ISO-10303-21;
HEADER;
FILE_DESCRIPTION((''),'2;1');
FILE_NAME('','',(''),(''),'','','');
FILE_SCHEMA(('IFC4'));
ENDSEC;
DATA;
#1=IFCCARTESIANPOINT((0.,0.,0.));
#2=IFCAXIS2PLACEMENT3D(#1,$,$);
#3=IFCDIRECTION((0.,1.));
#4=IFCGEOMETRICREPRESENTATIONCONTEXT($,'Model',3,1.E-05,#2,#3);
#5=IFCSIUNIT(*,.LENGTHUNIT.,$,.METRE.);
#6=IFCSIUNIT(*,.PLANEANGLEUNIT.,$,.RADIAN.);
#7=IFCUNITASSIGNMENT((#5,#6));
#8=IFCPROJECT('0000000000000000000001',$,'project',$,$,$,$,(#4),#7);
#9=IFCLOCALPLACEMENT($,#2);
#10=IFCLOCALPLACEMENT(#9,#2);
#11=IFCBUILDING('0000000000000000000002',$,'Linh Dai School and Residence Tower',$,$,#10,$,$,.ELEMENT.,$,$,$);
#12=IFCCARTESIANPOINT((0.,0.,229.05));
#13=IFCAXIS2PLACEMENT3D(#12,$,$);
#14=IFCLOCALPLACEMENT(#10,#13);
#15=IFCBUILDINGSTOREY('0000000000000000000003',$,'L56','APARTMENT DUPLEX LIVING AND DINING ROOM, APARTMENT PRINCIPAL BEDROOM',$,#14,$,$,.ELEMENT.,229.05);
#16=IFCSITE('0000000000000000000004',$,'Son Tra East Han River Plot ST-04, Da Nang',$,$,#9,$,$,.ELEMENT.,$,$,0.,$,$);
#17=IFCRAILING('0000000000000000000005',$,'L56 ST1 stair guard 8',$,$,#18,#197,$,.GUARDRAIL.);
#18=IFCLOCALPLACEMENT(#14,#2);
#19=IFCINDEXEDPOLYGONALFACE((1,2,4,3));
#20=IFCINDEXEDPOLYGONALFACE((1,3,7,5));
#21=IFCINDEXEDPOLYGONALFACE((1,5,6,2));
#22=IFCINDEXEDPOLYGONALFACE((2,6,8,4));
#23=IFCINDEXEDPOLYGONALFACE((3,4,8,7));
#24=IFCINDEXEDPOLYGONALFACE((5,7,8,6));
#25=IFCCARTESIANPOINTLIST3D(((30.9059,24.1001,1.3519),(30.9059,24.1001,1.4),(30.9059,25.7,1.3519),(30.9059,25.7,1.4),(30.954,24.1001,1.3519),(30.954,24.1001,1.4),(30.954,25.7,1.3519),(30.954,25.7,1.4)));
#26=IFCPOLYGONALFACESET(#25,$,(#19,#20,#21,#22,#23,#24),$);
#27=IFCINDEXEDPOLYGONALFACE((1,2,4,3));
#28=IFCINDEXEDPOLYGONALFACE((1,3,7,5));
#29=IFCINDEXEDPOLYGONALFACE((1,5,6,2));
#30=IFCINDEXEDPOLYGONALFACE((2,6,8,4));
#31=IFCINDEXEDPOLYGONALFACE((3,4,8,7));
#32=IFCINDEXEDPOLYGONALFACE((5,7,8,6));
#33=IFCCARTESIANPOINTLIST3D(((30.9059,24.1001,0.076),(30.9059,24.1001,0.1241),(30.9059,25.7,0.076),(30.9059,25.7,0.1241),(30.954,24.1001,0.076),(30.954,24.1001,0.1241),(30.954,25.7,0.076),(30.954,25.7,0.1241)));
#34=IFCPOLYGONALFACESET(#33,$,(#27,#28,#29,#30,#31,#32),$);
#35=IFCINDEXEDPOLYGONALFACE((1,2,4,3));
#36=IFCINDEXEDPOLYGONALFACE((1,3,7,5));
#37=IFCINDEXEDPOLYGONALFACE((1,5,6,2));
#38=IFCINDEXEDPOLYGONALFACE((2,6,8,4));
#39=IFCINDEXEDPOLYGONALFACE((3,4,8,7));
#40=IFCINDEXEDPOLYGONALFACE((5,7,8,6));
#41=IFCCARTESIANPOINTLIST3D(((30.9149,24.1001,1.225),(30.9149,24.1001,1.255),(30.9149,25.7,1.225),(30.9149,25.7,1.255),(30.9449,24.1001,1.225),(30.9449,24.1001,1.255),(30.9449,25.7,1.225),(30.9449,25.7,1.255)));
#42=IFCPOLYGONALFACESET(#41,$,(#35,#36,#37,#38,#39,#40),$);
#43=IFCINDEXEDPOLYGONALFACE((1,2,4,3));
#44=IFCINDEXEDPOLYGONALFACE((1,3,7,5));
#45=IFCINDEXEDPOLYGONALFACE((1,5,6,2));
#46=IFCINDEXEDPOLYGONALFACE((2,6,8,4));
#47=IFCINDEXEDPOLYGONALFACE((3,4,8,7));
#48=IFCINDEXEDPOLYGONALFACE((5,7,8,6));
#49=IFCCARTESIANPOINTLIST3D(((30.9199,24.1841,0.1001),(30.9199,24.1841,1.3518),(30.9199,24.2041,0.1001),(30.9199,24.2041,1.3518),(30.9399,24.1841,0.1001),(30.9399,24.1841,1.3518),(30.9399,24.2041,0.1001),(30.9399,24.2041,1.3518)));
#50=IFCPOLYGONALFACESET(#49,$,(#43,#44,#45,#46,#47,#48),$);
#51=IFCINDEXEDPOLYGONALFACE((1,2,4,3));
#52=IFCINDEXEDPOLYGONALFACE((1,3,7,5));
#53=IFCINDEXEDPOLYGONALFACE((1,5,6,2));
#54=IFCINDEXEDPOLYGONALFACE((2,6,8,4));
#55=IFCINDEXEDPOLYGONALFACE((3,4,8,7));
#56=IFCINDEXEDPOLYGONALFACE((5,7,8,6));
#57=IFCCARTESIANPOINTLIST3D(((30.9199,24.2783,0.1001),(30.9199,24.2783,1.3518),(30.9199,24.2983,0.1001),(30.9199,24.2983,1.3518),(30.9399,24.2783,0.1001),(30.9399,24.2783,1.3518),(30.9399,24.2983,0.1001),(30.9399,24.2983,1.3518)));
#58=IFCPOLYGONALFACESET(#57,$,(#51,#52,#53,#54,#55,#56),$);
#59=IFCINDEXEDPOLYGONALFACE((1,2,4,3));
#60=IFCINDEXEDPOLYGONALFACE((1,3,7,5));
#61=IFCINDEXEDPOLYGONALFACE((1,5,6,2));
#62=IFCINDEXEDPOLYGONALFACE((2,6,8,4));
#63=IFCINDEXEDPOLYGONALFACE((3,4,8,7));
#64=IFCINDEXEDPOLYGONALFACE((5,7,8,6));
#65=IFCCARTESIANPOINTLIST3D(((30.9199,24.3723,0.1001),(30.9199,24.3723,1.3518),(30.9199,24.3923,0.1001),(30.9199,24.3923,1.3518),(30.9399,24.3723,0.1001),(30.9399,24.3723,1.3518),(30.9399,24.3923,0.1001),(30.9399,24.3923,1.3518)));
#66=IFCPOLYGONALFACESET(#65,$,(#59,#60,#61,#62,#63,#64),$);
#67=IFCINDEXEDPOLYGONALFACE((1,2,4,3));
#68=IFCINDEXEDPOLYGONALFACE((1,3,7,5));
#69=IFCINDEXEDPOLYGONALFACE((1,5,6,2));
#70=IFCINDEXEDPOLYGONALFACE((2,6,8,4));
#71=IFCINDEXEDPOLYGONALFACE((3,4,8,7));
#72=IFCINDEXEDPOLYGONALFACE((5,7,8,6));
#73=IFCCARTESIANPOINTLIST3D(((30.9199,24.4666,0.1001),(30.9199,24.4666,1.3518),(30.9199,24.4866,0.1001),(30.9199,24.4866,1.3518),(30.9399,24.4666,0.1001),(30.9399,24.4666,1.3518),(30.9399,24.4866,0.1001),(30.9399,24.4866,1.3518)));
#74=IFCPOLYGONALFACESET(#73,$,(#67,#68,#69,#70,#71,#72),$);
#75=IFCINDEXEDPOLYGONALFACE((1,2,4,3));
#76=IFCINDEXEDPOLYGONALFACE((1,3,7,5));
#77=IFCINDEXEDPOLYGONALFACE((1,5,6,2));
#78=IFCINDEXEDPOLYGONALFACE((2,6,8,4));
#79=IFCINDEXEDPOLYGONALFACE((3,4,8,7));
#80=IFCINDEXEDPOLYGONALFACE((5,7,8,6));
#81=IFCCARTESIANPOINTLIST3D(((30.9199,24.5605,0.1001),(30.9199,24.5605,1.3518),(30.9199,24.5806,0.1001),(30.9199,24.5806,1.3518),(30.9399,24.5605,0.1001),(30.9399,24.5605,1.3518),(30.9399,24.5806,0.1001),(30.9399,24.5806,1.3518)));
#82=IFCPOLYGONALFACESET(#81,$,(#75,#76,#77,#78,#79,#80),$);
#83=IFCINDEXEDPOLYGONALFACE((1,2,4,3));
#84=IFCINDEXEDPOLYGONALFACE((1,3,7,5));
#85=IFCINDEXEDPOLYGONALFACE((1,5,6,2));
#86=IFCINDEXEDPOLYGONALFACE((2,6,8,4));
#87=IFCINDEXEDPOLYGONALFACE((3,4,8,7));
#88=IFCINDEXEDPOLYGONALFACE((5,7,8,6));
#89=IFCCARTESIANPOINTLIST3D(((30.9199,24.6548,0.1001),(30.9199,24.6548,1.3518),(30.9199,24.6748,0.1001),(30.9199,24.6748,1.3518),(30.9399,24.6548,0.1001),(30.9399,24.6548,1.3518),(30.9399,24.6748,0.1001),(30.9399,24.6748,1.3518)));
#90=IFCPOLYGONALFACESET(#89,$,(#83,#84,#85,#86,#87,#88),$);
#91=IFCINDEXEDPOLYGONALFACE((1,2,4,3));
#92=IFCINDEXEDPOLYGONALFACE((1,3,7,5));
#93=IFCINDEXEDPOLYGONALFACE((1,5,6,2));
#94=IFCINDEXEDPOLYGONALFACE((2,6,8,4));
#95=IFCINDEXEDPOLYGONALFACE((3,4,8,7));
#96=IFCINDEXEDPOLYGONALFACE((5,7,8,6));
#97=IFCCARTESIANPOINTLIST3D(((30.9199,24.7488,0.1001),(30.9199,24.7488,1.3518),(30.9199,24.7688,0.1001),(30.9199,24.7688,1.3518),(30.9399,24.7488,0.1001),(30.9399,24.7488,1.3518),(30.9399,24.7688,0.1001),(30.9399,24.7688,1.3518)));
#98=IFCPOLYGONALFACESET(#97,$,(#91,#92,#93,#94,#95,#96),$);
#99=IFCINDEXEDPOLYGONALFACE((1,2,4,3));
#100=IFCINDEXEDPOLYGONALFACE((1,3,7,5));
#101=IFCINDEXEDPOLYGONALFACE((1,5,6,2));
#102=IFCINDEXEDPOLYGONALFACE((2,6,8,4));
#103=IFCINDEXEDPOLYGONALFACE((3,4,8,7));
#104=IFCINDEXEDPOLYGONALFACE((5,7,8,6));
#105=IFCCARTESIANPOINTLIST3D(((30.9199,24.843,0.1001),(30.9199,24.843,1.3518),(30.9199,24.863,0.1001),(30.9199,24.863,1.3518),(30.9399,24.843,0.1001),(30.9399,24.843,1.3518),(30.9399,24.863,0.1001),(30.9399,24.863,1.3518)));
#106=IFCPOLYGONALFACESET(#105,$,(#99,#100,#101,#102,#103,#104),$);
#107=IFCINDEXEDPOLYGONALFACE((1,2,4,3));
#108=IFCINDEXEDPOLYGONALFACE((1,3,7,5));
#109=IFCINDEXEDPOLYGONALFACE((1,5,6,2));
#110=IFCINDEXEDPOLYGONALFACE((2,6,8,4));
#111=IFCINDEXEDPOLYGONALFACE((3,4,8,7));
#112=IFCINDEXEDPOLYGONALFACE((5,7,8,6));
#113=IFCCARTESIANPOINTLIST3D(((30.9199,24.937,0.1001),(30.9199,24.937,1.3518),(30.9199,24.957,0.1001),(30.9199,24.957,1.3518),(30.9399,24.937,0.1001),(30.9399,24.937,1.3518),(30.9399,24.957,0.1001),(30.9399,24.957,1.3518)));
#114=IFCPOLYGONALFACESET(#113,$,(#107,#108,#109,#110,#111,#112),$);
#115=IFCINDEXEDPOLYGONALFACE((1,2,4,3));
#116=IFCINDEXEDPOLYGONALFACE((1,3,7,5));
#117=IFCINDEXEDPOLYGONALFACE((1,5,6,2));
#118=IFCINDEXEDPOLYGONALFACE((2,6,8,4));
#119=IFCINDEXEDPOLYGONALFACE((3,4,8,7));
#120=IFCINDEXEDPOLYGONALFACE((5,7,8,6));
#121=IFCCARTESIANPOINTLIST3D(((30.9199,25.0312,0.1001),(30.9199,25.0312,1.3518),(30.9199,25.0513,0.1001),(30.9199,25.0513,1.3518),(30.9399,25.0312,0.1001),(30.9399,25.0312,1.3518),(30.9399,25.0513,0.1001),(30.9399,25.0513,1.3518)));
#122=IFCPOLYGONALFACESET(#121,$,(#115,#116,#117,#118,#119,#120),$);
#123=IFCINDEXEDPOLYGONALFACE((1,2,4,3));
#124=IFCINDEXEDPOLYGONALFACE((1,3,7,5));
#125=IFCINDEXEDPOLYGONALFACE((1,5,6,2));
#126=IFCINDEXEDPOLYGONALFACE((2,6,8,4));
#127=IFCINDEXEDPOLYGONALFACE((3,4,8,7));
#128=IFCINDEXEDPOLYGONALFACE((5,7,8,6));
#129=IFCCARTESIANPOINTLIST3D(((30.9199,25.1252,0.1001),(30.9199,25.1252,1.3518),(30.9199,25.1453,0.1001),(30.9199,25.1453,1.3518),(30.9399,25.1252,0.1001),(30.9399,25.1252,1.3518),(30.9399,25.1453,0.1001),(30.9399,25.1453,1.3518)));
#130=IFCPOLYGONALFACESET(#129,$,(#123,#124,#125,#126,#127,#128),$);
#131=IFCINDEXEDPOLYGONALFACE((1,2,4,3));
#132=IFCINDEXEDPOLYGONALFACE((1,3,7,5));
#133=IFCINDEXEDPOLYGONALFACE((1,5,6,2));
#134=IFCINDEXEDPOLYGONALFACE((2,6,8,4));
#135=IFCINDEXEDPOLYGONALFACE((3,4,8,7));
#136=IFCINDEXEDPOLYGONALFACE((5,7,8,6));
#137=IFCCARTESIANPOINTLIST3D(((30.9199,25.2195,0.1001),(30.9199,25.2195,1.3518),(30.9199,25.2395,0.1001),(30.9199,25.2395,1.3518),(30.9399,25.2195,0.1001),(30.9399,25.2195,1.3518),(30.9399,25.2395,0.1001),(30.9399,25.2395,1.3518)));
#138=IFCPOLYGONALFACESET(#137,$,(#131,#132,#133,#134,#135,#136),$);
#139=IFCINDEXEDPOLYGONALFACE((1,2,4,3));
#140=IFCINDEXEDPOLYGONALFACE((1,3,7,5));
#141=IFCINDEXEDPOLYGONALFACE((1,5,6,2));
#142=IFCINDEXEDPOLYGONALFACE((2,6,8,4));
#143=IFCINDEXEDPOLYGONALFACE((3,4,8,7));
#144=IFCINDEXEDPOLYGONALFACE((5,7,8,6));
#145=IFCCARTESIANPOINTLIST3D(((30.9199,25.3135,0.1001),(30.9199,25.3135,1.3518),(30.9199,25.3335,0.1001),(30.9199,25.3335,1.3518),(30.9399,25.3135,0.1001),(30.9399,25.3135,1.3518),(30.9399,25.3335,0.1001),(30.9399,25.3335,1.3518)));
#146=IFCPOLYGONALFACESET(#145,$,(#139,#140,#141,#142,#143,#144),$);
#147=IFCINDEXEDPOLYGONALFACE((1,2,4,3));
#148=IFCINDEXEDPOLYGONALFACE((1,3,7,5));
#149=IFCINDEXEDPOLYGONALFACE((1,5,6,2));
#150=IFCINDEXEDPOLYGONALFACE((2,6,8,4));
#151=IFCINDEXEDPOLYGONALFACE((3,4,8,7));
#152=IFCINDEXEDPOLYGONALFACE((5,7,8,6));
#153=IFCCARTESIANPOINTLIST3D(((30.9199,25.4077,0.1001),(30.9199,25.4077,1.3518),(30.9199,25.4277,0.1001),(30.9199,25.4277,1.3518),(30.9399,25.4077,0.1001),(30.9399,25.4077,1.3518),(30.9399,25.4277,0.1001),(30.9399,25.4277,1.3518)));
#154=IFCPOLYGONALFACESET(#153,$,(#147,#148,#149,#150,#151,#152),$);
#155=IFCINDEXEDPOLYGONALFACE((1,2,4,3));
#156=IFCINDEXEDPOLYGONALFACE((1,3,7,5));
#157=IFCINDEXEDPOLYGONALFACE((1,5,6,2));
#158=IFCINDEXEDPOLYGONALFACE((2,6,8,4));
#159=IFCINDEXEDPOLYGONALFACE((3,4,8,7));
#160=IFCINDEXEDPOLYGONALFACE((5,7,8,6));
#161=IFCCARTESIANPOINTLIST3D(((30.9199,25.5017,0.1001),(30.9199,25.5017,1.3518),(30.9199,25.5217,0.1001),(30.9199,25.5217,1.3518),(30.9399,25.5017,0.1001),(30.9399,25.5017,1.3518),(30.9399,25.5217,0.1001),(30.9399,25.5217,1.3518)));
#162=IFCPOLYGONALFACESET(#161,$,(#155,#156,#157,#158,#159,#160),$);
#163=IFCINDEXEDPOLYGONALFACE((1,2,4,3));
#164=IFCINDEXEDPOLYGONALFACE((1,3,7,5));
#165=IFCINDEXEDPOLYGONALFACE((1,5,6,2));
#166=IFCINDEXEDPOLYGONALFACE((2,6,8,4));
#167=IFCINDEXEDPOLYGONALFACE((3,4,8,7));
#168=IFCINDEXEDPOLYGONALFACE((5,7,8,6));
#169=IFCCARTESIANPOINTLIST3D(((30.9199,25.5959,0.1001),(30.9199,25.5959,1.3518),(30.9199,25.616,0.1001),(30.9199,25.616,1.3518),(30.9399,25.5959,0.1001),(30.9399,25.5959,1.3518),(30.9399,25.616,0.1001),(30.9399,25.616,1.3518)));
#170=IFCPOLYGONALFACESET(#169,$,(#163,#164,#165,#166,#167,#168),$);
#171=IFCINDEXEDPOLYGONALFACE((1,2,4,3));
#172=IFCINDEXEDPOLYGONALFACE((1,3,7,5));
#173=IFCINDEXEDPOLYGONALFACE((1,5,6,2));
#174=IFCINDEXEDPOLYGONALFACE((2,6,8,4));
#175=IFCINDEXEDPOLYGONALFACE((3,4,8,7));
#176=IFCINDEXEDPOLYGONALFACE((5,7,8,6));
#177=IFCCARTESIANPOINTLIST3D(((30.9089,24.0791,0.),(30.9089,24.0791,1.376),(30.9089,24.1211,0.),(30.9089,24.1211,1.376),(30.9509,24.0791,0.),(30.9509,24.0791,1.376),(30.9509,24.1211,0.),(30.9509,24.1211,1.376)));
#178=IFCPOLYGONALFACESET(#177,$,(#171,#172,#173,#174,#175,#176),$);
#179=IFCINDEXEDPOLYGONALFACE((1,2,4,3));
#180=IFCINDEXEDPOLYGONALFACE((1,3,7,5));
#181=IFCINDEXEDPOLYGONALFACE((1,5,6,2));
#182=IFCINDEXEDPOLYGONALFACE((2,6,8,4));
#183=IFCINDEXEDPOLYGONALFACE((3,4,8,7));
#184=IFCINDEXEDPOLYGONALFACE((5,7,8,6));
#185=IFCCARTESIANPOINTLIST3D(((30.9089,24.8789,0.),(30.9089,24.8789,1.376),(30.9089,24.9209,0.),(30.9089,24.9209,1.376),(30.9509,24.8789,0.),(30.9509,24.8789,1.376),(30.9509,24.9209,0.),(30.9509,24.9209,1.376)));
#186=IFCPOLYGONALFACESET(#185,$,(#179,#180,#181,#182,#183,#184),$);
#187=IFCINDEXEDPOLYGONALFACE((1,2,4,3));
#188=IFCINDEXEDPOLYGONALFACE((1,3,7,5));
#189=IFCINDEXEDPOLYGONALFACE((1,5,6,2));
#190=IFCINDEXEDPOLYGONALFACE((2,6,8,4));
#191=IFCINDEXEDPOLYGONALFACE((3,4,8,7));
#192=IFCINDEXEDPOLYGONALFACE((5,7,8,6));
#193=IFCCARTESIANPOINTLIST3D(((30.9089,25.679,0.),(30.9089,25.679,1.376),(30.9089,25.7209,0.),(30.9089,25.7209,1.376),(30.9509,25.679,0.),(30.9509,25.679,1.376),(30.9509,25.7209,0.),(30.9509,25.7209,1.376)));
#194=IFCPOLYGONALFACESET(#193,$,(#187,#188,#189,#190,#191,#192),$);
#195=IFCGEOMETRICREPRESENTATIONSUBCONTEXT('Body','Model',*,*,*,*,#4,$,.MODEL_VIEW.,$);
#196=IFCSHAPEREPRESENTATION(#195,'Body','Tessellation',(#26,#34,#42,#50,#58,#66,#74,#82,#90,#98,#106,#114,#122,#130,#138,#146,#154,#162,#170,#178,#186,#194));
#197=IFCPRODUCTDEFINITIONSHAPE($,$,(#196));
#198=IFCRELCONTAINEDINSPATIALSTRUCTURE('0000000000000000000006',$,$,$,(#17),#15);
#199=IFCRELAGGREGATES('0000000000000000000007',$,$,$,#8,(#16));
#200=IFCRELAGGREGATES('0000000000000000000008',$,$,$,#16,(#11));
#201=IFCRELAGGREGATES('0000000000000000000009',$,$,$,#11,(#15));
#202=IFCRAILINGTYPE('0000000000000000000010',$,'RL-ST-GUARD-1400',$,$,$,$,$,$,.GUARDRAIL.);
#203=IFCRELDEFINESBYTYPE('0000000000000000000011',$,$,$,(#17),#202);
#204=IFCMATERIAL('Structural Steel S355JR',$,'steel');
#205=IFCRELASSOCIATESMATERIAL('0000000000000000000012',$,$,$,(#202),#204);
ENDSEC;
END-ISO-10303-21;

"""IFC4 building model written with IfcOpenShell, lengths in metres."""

from ifc_helpers import new_model, si_unit, direction, frame, origin, origin_2d, place, context, subcontext, project, spatial, rectangle, extrude, source, transform, mapped, material, type_object, element, save


model = new_model("IFC4")

# Units and contexts
model_context = context("Model", 3, precision=1e-05, world=origin(), true_north=direction((0.0, 1.0)))
body_context = subcontext(model_context, "Body", "Model", "MODEL_VIEW")
ifc_project = project(units=[si_unit("LENGTHUNIT", "METRE"), si_unit("PLANEANGLEUNIT", "RADIAN")], contexts=[model_context])

# Site, building, storey
site_placement = place(None, origin())
site = spatial("IfcSite", under=ifc_project, at=site_placement, Name="Son Tra East Han River Plot ST-04, Da Nang", CompositionType="ELEMENT", RefElevation=0.0)
building_placement = place(site_placement, origin())
building = spatial("IfcBuilding", under=site, at=building_placement, Name="Linh Dai School and Residence Tower", CompositionType="ELEMENT")
storey_placement = place(building_placement, frame((0.0, 0.0, 229.05)))
storey = spatial("IfcBuildingStorey", under=building, at=storey_placement, Name="L56", Description="APARTMENT DUPLEX LIVING AND DINING ROOM, APARTMENT PRINCIPAL BEDROOM", CompositionType="ELEMENT", Elevation=229.05)

# Shared definitions
ifc_material_1 = material(Name="Structural Steel S355JR", Category="steel")

# Railing
railing_type = type_object("IfcRailingType", Name="RL-ST-GUARD-1400", PredefinedType="GUARDRAIL", material=ifc_material_1)
shared_shape_1 = source(origin(), body_context, "Body", "SweptSolid", [
    extrude(rectangle(XDim=0.0481, YDim=0.0481, at=origin_2d()), frame((0.0, 0.0, 1.376), z_axis=(0.0, 1.0, 0.0), x_axis=(-1.0, 0.0, 0.0)), (0.0, 0.0, 1.0), 1.5999),
    extrude(rectangle(XDim=0.0481, YDim=0.0481, at=origin_2d()), frame((0.0, 0.0, 0.1001), z_axis=(0.0, 1.0, 0.0), x_axis=(-1.0, 0.0, 0.0)), (0.0, 0.0, 1.0), 1.5999),
    extrude(rectangle(XDim=0.03, YDim=0.03, at=origin_2d()), frame((0.0, 0.0, 1.24), z_axis=(0.0, 1.0, 0.0), x_axis=(-1.0, 0.0, 0.0)), (0.0, 0.0, 1.0), 1.5999),
    extrude(rectangle(XDim=0.02, YDim=0.02, at=origin_2d()), frame((0.0, 0.094, 0.1001)), (0.0, 0.0, 1.0), 1.2517),
    extrude(rectangle(XDim=0.02, YDim=0.02, at=origin_2d()), frame((0.0, 0.1882, 0.1001)), (0.0, 0.0, 1.0), 1.2517),
    extrude(rectangle(XDim=0.02, YDim=0.02, at=origin_2d()), frame((0.0, 0.2822, 0.1001)), (0.0, 0.0, 1.0), 1.2517),
    extrude(rectangle(XDim=0.02, YDim=0.02, at=origin_2d()), frame((0.0, 0.3765, 0.1001)), (0.0, 0.0, 1.0), 1.2517),
    extrude(rectangle(XDim=0.02, YDim=0.02, at=origin_2d()), frame((0.0, 0.4705, 0.1001)), (0.0, 0.0, 1.0), 1.2517),
    extrude(rectangle(XDim=0.02, YDim=0.02, at=origin_2d()), frame((0.0, 0.5647, 0.1001)), (0.0, 0.0, 1.0), 1.2517),
    extrude(rectangle(XDim=0.02, YDim=0.02, at=origin_2d()), frame((0.0, 0.6587, 0.1001)), (0.0, 0.0, 1.0), 1.2517),
    extrude(rectangle(XDim=0.02, YDim=0.02, at=origin_2d()), frame((0.0, 0.7529, 0.1001)), (0.0, 0.0, 1.0), 1.2517),
    extrude(rectangle(XDim=0.02, YDim=0.02, at=origin_2d()), frame((0.0, 0.8469, 0.1001)), (0.0, 0.0, 1.0), 1.2517),
    extrude(rectangle(XDim=0.02, YDim=0.02, at=origin_2d()), frame((0.0, 0.9412, 0.1001)), (0.0, 0.0, 1.0), 1.2517),
    extrude(rectangle(XDim=0.02, YDim=0.02, at=origin_2d()), frame((0.0, 1.0352, 0.1001)), (0.0, 0.0, 1.0), 1.2517),
    extrude(rectangle(XDim=0.02, YDim=0.02, at=origin_2d()), frame((0.0, 1.1294, 0.1001)), (0.0, 0.0, 1.0), 1.2517),
    extrude(rectangle(XDim=0.02, YDim=0.02, at=origin_2d()), frame((0.0, 1.2234, 0.1001)), (0.0, 0.0, 1.0), 1.2517),
    extrude(rectangle(XDim=0.02, YDim=0.02, at=origin_2d()), frame((0.0, 1.3176, 0.1001)), (0.0, 0.0, 1.0), 1.2517),
    extrude(rectangle(XDim=0.02, YDim=0.02, at=origin_2d()), frame((0.0, 1.4116, 0.1001)), (0.0, 0.0, 1.0), 1.2517),
    extrude(rectangle(XDim=0.02, YDim=0.02, at=origin_2d()), frame((0.0, 1.5059, 0.1001)), (0.0, 0.0, 1.0), 1.2517),
    extrude(rectangle(XDim=0.042, YDim=0.042, at=origin_2d()), origin(), (0.0, 0.0, 1.0), 1.376),
    extrude(rectangle(XDim=0.042, YDim=0.042, at=origin_2d()), frame((0.0, 0.7998, 0.0)), (0.0, 0.0, 1.0), 1.376),
    extrude(rectangle(XDim=0.042, YDim=0.042, at=origin_2d()), frame((0.0, 1.5999, 0.0)), (0.0, 0.0, 1.0), 1.376),
])
for number, where, name in (
    (1, (30.9299, 24.1001, 0.0), "L56 ST1 stair guard 8"),
):
    element("IfcRailing", number, at=place(storey_placement, frame(where)), inside=storey, type_object=railing_type, Name=name, PredefinedType="GUARDRAIL", context=body_context, shape_type="MappedRepresentation", body=[
        mapped(shared_shape_1, transform((0.0, 0.0, 0.0), x_axis=(1.0, 0.0, 0.0), y_axis=(0.0, 1.0, 0.0), z_axis=(0.0, 0.0, 1.0), scale=1.0)),
    ])

save(model, "model.ifc")
